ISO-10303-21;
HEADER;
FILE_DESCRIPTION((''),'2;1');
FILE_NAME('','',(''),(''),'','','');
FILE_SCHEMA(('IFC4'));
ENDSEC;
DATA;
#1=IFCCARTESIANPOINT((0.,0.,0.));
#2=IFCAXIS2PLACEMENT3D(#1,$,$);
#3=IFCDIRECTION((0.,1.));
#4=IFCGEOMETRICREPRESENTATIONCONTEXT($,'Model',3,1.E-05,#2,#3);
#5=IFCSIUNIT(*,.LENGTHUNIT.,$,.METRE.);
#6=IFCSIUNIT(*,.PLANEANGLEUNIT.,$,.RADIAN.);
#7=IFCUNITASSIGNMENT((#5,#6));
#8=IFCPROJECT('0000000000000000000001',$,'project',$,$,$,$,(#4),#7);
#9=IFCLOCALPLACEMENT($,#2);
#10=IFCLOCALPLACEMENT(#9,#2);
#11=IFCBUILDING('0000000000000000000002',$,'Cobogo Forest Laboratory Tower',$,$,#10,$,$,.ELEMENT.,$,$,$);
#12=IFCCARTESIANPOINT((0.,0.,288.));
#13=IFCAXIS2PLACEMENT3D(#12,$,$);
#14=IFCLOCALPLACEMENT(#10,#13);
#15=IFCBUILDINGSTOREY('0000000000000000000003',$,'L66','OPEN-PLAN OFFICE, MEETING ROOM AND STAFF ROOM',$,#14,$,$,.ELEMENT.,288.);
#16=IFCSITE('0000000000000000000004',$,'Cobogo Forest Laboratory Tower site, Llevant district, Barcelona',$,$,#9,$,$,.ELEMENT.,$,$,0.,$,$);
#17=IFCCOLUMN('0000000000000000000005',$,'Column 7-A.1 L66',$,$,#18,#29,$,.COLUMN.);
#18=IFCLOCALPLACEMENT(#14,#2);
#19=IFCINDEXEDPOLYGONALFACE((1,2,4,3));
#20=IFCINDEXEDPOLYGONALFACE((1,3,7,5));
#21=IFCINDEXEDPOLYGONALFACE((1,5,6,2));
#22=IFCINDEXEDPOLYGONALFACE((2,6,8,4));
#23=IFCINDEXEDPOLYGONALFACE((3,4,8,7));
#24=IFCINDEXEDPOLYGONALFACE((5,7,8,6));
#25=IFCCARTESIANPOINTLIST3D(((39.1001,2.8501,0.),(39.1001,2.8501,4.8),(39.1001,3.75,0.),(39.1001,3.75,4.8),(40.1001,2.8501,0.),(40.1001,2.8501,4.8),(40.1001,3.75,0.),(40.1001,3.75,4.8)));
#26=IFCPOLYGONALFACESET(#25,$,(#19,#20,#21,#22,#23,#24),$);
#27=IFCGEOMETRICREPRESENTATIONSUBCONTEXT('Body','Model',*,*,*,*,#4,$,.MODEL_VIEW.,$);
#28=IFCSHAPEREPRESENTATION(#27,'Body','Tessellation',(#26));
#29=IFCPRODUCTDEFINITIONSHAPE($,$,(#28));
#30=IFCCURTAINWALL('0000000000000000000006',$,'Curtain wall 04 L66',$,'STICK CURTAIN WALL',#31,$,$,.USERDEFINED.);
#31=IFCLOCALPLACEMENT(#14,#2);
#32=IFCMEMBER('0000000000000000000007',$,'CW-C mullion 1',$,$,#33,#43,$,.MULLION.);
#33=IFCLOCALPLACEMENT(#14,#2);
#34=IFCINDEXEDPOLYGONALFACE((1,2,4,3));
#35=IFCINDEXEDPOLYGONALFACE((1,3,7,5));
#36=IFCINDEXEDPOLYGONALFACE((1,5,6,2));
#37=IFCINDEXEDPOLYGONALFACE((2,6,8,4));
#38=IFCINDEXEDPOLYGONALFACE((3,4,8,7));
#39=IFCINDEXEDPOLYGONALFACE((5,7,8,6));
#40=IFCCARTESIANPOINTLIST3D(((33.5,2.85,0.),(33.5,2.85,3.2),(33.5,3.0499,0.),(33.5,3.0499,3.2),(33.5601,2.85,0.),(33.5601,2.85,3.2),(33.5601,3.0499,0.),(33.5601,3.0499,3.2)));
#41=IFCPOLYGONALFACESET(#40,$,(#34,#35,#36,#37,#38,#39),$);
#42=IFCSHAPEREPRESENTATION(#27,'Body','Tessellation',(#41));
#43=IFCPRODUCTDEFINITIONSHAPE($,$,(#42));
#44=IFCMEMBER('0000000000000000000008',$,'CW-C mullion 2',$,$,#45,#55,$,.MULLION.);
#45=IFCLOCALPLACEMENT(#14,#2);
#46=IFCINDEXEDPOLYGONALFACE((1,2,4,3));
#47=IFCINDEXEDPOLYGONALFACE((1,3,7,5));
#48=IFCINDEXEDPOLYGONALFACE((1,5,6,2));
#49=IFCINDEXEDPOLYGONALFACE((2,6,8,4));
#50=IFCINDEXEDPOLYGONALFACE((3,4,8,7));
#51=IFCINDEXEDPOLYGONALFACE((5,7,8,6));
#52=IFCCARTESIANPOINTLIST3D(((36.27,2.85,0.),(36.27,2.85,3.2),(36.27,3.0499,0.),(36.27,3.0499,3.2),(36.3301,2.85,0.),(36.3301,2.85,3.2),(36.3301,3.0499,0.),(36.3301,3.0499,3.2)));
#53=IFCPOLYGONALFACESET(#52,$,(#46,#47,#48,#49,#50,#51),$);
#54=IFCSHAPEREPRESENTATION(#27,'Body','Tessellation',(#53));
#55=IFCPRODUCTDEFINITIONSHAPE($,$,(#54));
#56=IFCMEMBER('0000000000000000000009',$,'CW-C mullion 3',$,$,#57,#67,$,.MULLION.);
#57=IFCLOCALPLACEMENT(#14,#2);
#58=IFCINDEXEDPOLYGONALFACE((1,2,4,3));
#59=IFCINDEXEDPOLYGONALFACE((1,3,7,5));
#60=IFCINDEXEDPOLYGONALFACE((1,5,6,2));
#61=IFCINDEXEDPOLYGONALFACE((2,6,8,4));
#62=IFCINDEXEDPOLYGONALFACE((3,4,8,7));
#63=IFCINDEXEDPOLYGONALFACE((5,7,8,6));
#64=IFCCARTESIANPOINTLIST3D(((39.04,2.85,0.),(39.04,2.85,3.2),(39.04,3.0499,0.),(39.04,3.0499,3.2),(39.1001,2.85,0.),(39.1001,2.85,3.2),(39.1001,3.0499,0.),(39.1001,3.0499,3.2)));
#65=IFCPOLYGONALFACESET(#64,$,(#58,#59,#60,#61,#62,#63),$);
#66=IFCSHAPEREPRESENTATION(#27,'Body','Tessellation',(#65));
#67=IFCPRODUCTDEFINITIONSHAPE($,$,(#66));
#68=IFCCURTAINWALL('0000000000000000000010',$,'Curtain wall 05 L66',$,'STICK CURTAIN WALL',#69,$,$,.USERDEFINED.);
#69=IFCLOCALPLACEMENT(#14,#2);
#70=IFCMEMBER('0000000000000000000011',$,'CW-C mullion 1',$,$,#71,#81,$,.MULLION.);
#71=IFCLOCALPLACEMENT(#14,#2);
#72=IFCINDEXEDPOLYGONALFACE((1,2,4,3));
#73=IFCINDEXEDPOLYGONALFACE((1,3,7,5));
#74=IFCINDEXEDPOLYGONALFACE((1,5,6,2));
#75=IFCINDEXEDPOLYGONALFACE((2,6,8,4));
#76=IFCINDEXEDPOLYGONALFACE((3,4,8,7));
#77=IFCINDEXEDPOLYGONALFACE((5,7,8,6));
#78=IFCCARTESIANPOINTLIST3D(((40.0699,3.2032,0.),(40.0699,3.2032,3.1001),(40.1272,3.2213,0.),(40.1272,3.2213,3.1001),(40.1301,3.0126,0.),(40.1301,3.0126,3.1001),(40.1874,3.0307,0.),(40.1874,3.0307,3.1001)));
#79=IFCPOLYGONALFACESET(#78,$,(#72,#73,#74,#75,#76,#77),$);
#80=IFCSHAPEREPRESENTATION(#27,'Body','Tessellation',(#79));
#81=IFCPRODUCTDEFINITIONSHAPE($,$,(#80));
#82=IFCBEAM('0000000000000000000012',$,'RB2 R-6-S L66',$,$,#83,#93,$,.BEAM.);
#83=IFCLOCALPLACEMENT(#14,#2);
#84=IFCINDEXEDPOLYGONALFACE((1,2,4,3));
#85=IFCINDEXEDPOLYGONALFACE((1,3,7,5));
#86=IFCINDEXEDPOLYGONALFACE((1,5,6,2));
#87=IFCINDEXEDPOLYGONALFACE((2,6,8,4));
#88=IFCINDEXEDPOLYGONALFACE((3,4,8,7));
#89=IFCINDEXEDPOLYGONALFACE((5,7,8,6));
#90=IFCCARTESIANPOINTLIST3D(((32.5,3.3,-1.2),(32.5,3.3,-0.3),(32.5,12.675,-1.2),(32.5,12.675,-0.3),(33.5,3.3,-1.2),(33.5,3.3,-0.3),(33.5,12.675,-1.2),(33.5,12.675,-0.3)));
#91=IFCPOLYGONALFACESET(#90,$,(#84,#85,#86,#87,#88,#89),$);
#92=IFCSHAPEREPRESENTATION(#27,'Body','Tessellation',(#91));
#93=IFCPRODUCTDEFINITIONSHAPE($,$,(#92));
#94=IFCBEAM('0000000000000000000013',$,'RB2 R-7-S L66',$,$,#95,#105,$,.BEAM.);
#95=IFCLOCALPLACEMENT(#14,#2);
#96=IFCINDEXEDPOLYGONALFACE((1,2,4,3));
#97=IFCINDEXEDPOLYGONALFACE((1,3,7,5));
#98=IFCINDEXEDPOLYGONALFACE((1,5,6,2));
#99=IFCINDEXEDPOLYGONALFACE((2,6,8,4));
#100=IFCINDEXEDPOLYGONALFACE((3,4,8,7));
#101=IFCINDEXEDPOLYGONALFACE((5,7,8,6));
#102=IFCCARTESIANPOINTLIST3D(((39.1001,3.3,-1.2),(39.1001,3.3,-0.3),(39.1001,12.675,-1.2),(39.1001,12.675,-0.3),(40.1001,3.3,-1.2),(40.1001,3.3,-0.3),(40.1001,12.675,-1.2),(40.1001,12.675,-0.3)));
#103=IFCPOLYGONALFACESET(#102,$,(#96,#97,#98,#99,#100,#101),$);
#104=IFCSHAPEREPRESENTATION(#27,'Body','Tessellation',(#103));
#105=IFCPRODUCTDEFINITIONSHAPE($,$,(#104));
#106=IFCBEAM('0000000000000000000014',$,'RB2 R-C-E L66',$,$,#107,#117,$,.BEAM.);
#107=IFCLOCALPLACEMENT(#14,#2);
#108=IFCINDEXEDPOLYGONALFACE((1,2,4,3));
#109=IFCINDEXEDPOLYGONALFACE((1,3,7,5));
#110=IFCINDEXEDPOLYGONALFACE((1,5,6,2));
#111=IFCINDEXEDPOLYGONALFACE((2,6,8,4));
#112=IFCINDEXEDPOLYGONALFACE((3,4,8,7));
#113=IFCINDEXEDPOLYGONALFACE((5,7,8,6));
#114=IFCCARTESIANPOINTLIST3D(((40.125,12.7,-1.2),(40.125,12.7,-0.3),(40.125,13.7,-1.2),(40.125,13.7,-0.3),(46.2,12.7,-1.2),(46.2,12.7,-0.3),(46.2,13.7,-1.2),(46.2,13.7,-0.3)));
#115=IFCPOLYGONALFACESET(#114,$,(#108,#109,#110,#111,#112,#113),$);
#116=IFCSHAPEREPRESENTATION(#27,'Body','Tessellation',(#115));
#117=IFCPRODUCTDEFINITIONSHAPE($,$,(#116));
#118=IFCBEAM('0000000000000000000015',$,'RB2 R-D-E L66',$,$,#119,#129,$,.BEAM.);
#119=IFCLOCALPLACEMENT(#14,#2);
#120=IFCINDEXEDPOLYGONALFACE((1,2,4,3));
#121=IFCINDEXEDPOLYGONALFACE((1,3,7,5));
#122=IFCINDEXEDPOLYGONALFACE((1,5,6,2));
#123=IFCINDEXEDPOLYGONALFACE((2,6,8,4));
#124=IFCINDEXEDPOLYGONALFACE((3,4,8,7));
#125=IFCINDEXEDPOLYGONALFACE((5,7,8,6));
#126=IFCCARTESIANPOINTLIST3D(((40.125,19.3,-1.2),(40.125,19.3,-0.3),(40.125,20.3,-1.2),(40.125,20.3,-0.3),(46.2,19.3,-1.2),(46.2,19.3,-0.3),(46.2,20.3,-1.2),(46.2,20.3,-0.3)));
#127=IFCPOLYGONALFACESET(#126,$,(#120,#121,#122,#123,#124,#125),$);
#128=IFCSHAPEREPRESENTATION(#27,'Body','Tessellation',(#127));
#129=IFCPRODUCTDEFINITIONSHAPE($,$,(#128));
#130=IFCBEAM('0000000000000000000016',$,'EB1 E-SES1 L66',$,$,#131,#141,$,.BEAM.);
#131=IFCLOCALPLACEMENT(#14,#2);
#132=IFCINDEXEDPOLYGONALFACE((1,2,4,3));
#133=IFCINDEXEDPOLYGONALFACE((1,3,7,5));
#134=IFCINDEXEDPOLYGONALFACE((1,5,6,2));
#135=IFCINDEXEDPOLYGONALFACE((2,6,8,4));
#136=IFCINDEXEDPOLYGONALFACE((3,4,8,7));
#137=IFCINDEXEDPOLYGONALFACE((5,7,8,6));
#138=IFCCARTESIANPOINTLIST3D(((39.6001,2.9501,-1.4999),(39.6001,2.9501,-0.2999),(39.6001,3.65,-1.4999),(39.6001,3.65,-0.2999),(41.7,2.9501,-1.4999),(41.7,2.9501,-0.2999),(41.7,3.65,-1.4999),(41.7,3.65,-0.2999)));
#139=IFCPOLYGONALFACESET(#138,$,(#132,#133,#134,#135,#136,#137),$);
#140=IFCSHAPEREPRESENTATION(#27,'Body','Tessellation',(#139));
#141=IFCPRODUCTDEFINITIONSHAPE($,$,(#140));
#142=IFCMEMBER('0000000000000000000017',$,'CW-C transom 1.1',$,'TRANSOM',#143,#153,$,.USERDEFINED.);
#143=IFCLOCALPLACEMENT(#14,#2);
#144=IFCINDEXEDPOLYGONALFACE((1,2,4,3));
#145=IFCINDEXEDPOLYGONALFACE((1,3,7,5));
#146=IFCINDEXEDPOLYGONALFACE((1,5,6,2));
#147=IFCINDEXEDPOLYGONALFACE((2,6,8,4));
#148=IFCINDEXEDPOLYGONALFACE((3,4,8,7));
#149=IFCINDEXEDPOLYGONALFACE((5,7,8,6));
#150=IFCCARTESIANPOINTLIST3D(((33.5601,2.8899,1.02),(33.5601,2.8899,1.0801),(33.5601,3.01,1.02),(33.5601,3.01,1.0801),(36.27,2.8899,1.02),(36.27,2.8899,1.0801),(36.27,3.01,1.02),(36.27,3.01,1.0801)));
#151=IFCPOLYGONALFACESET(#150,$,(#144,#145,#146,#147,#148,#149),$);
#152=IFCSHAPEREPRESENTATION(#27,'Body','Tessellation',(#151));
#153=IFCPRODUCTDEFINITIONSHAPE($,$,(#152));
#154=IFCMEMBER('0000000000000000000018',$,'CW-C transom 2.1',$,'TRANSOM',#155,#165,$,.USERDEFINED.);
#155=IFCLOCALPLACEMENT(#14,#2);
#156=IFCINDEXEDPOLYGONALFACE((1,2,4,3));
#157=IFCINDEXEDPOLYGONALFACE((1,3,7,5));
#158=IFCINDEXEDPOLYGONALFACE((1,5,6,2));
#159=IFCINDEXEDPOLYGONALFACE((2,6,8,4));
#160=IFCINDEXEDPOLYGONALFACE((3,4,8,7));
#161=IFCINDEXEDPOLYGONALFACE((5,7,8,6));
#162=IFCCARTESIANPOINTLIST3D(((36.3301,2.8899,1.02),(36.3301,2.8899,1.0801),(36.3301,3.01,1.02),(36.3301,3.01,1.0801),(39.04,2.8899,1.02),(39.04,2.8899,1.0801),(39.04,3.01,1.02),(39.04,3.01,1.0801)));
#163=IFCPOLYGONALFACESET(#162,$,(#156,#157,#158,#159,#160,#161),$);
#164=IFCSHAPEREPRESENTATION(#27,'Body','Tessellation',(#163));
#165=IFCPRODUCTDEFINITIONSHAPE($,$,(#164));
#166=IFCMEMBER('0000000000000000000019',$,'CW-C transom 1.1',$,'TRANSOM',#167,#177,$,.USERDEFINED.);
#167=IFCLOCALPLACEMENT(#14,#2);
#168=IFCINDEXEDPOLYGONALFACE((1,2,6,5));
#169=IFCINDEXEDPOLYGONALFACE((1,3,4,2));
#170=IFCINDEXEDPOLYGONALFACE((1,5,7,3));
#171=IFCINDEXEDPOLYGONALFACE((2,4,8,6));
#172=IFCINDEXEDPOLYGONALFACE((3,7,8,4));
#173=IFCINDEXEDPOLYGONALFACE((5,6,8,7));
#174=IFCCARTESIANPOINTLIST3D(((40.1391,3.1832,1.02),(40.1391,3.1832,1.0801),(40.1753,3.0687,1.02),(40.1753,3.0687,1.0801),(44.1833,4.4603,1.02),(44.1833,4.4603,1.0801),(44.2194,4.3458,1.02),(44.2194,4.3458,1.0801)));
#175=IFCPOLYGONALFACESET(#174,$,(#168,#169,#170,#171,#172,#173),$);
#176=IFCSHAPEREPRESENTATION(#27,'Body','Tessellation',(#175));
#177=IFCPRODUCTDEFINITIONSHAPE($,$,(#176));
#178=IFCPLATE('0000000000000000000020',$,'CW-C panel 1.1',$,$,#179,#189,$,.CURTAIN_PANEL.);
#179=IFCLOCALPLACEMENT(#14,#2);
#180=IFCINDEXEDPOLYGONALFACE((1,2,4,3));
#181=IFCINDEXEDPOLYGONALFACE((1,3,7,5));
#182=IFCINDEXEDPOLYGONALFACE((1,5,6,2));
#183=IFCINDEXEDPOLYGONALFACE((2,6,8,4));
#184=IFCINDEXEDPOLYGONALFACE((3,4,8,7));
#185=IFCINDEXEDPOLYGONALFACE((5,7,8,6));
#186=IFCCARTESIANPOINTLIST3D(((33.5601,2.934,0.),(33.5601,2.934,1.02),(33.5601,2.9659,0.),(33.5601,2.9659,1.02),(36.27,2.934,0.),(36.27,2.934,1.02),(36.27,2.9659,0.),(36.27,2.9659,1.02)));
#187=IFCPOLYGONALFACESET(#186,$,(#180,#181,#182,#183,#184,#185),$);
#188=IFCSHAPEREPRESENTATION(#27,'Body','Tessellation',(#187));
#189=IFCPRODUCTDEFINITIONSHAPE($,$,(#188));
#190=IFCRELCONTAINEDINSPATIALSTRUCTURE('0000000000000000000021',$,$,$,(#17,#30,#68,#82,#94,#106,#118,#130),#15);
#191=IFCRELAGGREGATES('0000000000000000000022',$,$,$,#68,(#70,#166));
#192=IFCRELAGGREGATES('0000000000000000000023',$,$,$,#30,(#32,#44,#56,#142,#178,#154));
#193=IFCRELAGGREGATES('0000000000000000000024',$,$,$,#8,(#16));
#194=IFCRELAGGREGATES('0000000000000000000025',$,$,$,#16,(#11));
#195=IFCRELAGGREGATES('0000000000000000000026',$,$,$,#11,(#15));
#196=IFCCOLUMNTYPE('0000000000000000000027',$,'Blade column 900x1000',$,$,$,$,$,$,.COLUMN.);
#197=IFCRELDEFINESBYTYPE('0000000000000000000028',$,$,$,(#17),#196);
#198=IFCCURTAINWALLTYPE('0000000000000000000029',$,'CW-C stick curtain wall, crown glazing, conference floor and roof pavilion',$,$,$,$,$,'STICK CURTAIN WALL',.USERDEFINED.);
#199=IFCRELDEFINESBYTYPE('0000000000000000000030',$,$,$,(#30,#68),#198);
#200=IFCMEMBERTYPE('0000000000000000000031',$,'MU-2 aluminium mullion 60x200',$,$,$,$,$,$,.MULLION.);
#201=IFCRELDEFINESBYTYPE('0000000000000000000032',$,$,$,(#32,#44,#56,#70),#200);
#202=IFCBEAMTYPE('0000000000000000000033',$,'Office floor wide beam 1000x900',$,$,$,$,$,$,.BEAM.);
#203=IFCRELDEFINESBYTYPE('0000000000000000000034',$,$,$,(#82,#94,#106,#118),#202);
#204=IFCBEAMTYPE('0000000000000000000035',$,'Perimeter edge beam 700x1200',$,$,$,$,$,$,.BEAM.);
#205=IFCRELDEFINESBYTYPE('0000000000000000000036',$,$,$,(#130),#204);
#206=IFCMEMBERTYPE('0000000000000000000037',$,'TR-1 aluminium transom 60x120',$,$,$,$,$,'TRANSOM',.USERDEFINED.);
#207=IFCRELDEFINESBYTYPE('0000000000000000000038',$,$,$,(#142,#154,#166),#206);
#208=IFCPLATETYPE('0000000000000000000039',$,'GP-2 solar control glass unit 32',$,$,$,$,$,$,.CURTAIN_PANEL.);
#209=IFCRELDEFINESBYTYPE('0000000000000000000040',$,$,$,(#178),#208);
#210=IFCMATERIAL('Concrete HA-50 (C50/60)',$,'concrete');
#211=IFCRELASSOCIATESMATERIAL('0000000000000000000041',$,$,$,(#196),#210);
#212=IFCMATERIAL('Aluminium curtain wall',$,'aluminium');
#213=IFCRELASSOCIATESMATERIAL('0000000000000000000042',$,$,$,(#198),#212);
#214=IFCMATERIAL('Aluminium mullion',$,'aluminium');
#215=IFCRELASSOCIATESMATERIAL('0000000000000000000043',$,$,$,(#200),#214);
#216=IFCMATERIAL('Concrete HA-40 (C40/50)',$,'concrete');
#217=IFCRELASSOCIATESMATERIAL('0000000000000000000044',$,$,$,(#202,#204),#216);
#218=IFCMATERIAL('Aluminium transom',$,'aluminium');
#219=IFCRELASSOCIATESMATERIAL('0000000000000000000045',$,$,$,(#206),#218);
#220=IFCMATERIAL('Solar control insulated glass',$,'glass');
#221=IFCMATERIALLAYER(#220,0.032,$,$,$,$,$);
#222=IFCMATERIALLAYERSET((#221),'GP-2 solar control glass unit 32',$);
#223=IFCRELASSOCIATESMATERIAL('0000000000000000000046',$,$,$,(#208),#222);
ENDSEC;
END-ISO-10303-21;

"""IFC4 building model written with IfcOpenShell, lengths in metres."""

from ifc_helpers import new_model, si_unit, direction, frame, origin, origin_2d, place, context, subcontext, project, spatial, rectangle, extrude, material, layer, layer_set, material_profile, profile_set, type_object, element, aggregate, save


model = new_model("IFC4")

# Units and contexts
model_context = context("Model", 3, precision=1e-05, world=origin(), true_north=direction((0.0, 1.0)))
body_context = subcontext(model_context, "Body", "Model", "MODEL_VIEW")
ifc_project = project(units=[si_unit("LENGTHUNIT", "METRE"), si_unit("PLANEANGLEUNIT", "RADIAN")], contexts=[model_context])

# Site, building, storey
site_placement = place(None, origin())
site = spatial("IfcSite", under=ifc_project, at=site_placement, Name="Cobogo Forest Laboratory Tower site, Llevant district, Barcelona", CompositionType="ELEMENT", RefElevation=0.0)
building_placement = place(site_placement, origin())
building = spatial("IfcBuilding", under=site, at=building_placement, Name="Cobogo Forest Laboratory Tower", CompositionType="ELEMENT")
storey_placement = place(building_placement, frame((0.0, 0.0, 288.0)))
storey = spatial("IfcBuildingStorey", under=building, at=storey_placement, Name="L66", Description="OPEN-PLAN OFFICE, MEETING ROOM AND STAFF ROOM", CompositionType="ELEMENT", Elevation=288.0)

# Column
ifc_material_1 = material(Name="Concrete HA-50 (C50/60)", Category="concrete")
ifc_material_profile_1 = material_profile(ifc_material_1, rectangle(XDim=1.0, YDim=0.8999, at=origin_2d()), Name="RC 900x1000")
ifc_profile_set_1 = profile_set([ifc_material_profile_1], Name="Concrete HA-50 (C50/60)")
column_type = type_object("IfcColumnType", Name="Blade column 900x1000", PredefinedType="COLUMN", material=ifc_profile_set_1)
column_placement = place(storey_placement, frame((39.6001, 3.3, 0.0), z_axis=(0.0, 0.0, 1.0), x_axis=(1.0, 0.0, 0.0)))
element("IfcColumn", 1, at=column_placement, inside=storey, type_object=column_type, Name="Column 7-A.1 L66", PredefinedType="COLUMN", context=body_context, shape_type="SweptSolid", body=[
    extrude(rectangle(XDim=1.0, YDim=0.8999, at=origin_2d()), origin(), (0.0, 0.0, 1.0), 4.8),
])

# Curtain wall, members
ifc_material_2 = material(Name="Aluminium curtain wall", Category="aluminium")
curtain_wall_type = type_object("IfcCurtainWallType", Name="CW-C stick curtain wall, crown glazing, conference floor and roof pavilion", ElementType="STICK CURTAIN WALL", PredefinedType="USERDEFINED", material=ifc_material_2)
curtain_wall_1_placement = place(storey_placement, origin())
curtain_wall_1 = element("IfcCurtainWall", 2, at=curtain_wall_1_placement, inside=storey, type_object=curtain_wall_type, Name="Curtain wall 04 L66", ObjectType="STICK CURTAIN WALL", PredefinedType="USERDEFINED")
ifc_material_3 = material(Name="Aluminium mullion", Category="aluminium")
ifc_material_profile_2 = material_profile(ifc_material_3, rectangle(XDim=0.0601, YDim=0.2, at=origin_2d()), Name="AL 60x200")
ifc_profile_set_2 = profile_set([ifc_material_profile_2], Name="Aluminium mullion")
member_type_1 = type_object("IfcMemberType", Name="MU-2 aluminium mullion 60x200", PredefinedType="MULLION", material=ifc_profile_set_2)
member_1_placement = place(storey_placement, frame((33.53, 2.95, 0.0), z_axis=(0.0, 0.0, 1.0), x_axis=(1.0, 0.0, 0.0)))
member_1 = element("IfcMember", 3, at=member_1_placement, type_object=member_type_1, Name="CW-C mullion 1", PredefinedType="MULLION", context=body_context, shape_type="SweptSolid", body=[
    extrude(rectangle(XDim=0.0601, YDim=0.2, at=origin_2d()), origin(), (0.0, 0.0, 1.0), 3.2),
])
member_2_placement = place(storey_placement, frame((36.3, 2.95, 0.0), z_axis=(0.0, 0.0, 1.0), x_axis=(1.0, 0.0, 0.0)))
member_2 = element("IfcMember", 4, at=member_2_placement, type_object=member_type_1, Name="CW-C mullion 2", PredefinedType="MULLION", context=body_context, shape_type="SweptSolid", body=[
    extrude(rectangle(XDim=0.0601, YDim=0.2, at=origin_2d()), origin(), (0.0, 0.0, 1.0), 3.2),
])
member_3_placement = place(storey_placement, frame((39.0701, 2.95, 0.0), z_axis=(0.0, 0.0, 1.0), x_axis=(1.0, 0.0, 0.0)))
member_3 = element("IfcMember", 5, at=member_3_placement, type_object=member_type_1, Name="CW-C mullion 3", PredefinedType="MULLION", context=body_context, shape_type="SweptSolid", body=[
    extrude(rectangle(XDim=0.0601, YDim=0.2, at=origin_2d()), origin(), (0.0, 0.0, 1.0), 3.2),
])

# Curtain wall, member
curtain_wall_2_placement = place(storey_placement, origin())
curtain_wall_2 = element("IfcCurtainWall", 6, at=curtain_wall_2_placement, inside=storey, type_object=curtain_wall_type, Name="Curtain wall 05 L66", ObjectType="STICK CURTAIN WALL", PredefinedType="USERDEFINED")
member_4_placement = place(storey_placement, frame((40.1287, 3.1169, 0.0), z_axis=(0.0, 0.0, 1.0), x_axis=(0.953581, 0.301135, 0.0)))
member_4 = element("IfcMember", 7, at=member_4_placement, type_object=member_type_1, Name="CW-C mullion 1", PredefinedType="MULLION", context=body_context, shape_type="SweptSolid", body=[
    extrude(rectangle(XDim=0.0601, YDim=0.2, at=origin_2d()), origin(), (0.0, 0.0, 1.0), 3.1001),
])

# Beams
ifc_material_4 = material(Name="Concrete HA-40 (C40/50)", Category="concrete")
ifc_material_profile_3 = material_profile(ifc_material_4, rectangle(XDim=1.0, YDim=0.8999, at=origin_2d()), Name="RC 1000x900")
ifc_profile_set_3 = profile_set([ifc_material_profile_3], Name="Concrete HA-40 (C40/50)")
beam_type_1 = type_object("IfcBeamType", Name="Office floor wide beam 1000x900", PredefinedType="BEAM", material=ifc_profile_set_3)
for number, where, z_axis, x_axis, name in (
    (8, (33.0, 12.675, -0.75), (0.0, -1.0, 0.0), (1.0, 0.0, 0.0), "RB2 R-6-S L66"),
    (9, (39.6001, 12.675, -0.75), (0.0, -1.0, 0.0), (1.0, 0.0, 0.0), "RB2 R-7-S L66"),
):
    element("IfcBeam", number, at=place(storey_placement, frame(where, z_axis=z_axis, x_axis=x_axis)), inside=storey, type_object=beam_type_1, Name=name, PredefinedType="BEAM", context=body_context, shape_type="SweptSolid", body=[
        extrude(rectangle(XDim=1.0, YDim=0.8999, at=origin_2d()), origin(), (0.0, 0.0, 1.0), 9.375),
    ])
for number, where, z_axis, x_axis, name in (
    (10, (40.125, 13.2, -0.75), (1.0, 0.0, 0.0), (0.0, 1.0, 0.0), "RB2 R-C-E L66"),
    (11, (40.125, 19.8, -0.75), (1.0, 0.0, 0.0), (0.0, 1.0, 0.0), "RB2 R-D-E L66"),
):
    element("IfcBeam", number, at=place(storey_placement, frame(where, z_axis=z_axis, x_axis=x_axis)), inside=storey, type_object=beam_type_1, Name=name, PredefinedType="BEAM", context=body_context, shape_type="SweptSolid", body=[
        extrude(rectangle(XDim=1.0, YDim=0.8999, at=origin_2d()), origin(), (0.0, 0.0, 1.0), 6.075),
    ])
ifc_material_profile_4 = material_profile(ifc_material_4, rectangle(XDim=0.7, YDim=1.2, at=origin_2d()), Name="RC 700x1200")
ifc_profile_set_4 = profile_set([ifc_material_profile_4], Name="Concrete HA-40 (C40/50)")
beam_type_2 = type_object("IfcBeamType", Name="Perimeter edge beam 700x1200", PredefinedType="BEAM", material=ifc_profile_set_4)
beam_placement = place(storey_placement, frame((39.6001, 3.3, -0.8999), z_axis=(1.0, 0.0, 0.0), x_axis=(0.0, 1.0, 0.0)))
element("IfcBeam", 12, at=beam_placement, inside=storey, type_object=beam_type_2, Name="EB1 E-SES1 L66", PredefinedType="BEAM", context=body_context, shape_type="SweptSolid", body=[
    extrude(rectangle(XDim=0.7, YDim=1.2, at=origin_2d()), origin(), (0.0, 0.0, 1.0), 2.0999),
])

# Members
ifc_material_5 = material(Name="Aluminium transom", Category="aluminium")
ifc_material_profile_5 = material_profile(ifc_material_5, rectangle(XDim=0.1201, YDim=0.0601, at=origin_2d()), Name="AL 60x120")
ifc_profile_set_5 = profile_set([ifc_material_profile_5], Name="Aluminium transom")
member_type_2 = type_object("IfcMemberType", Name="TR-1 aluminium transom 60x120", ElementType="TRANSOM", PredefinedType="USERDEFINED", material=ifc_profile_set_5)
member_5_placement = place(storey_placement, frame((33.5601, 2.95, 1.05), z_axis=(1.0, 0.0, 0.0), x_axis=(0.0, 1.0, 0.0)))
member_5 = element("IfcMember", 13, at=member_5_placement, type_object=member_type_2, Name="CW-C transom 1.1", ObjectType="TRANSOM", PredefinedType="USERDEFINED", context=body_context, shape_type="SweptSolid", body=[
    extrude(rectangle(XDim=0.1201, YDim=0.0601, at=origin_2d()), origin(), (0.0, 0.0, 1.0), 2.71),
])
member_6_placement = place(storey_placement, frame((36.3301, 2.95, 1.05), z_axis=(1.0, 0.0, 0.0), x_axis=(0.0, 1.0, 0.0)))
member_6 = element("IfcMember", 14, at=member_6_placement, type_object=member_type_2, Name="CW-C transom 2.1", ObjectType="TRANSOM", PredefinedType="USERDEFINED", context=body_context, shape_type="SweptSolid", body=[
    extrude(rectangle(XDim=0.1201, YDim=0.0601, at=origin_2d()), origin(), (0.0, 0.0, 1.0), 2.71),
])
member_7_placement = place(storey_placement, frame((40.1572, 3.126, 1.05), z_axis=(0.953584, 0.301129, 0.0), x_axis=(-0.301129, 0.953584, 0.0)))
member_7 = element("IfcMember", 15, at=member_7_placement, type_object=member_type_2, Name="CW-C transom 1.1", ObjectType="TRANSOM", PredefinedType="USERDEFINED", context=body_context, shape_type="SweptSolid", body=[
    extrude(rectangle(XDim=0.1201, YDim=0.0601, at=origin_2d()), origin(), (0.0, 0.0, 1.0), 4.241),
])
aggregate(curtain_wall_2, [member_4, member_7])

# Plate
ifc_material_6 = material(Name="Solar control insulated glass", Category="glass")
ifc_layer_1 = layer(ifc_material_6, 0.032)
ifc_layer_set_1 = layer_set([ifc_layer_1], Name="GP-2 solar control glass unit 32")
plate_type = type_object("IfcPlateType", Name="GP-2 solar control glass unit 32", PredefinedType="CURTAIN_PANEL", material=ifc_layer_set_1)
plate_1_placement = place(storey_placement, frame((34.915, 2.95, 0.0), z_axis=(0.0, 0.0, 1.0), x_axis=(1.0, 0.0, 0.0)))
plate_1 = element("IfcPlate", 16, at=plate_1_placement, type_object=plate_type, Name="CW-C panel 1.1", PredefinedType="CURTAIN_PANEL", context=body_context, shape_type="SweptSolid", body=[
    extrude(rectangle(XDim=2.71, YDim=0.032, at=origin_2d()), origin(), (0.0, 0.0, 1.0), 1.02),
])
aggregate(curtain_wall_1, [member_1, member_2, member_3, member_5, plate_1, member_6])

save(model, "model.ifc")
